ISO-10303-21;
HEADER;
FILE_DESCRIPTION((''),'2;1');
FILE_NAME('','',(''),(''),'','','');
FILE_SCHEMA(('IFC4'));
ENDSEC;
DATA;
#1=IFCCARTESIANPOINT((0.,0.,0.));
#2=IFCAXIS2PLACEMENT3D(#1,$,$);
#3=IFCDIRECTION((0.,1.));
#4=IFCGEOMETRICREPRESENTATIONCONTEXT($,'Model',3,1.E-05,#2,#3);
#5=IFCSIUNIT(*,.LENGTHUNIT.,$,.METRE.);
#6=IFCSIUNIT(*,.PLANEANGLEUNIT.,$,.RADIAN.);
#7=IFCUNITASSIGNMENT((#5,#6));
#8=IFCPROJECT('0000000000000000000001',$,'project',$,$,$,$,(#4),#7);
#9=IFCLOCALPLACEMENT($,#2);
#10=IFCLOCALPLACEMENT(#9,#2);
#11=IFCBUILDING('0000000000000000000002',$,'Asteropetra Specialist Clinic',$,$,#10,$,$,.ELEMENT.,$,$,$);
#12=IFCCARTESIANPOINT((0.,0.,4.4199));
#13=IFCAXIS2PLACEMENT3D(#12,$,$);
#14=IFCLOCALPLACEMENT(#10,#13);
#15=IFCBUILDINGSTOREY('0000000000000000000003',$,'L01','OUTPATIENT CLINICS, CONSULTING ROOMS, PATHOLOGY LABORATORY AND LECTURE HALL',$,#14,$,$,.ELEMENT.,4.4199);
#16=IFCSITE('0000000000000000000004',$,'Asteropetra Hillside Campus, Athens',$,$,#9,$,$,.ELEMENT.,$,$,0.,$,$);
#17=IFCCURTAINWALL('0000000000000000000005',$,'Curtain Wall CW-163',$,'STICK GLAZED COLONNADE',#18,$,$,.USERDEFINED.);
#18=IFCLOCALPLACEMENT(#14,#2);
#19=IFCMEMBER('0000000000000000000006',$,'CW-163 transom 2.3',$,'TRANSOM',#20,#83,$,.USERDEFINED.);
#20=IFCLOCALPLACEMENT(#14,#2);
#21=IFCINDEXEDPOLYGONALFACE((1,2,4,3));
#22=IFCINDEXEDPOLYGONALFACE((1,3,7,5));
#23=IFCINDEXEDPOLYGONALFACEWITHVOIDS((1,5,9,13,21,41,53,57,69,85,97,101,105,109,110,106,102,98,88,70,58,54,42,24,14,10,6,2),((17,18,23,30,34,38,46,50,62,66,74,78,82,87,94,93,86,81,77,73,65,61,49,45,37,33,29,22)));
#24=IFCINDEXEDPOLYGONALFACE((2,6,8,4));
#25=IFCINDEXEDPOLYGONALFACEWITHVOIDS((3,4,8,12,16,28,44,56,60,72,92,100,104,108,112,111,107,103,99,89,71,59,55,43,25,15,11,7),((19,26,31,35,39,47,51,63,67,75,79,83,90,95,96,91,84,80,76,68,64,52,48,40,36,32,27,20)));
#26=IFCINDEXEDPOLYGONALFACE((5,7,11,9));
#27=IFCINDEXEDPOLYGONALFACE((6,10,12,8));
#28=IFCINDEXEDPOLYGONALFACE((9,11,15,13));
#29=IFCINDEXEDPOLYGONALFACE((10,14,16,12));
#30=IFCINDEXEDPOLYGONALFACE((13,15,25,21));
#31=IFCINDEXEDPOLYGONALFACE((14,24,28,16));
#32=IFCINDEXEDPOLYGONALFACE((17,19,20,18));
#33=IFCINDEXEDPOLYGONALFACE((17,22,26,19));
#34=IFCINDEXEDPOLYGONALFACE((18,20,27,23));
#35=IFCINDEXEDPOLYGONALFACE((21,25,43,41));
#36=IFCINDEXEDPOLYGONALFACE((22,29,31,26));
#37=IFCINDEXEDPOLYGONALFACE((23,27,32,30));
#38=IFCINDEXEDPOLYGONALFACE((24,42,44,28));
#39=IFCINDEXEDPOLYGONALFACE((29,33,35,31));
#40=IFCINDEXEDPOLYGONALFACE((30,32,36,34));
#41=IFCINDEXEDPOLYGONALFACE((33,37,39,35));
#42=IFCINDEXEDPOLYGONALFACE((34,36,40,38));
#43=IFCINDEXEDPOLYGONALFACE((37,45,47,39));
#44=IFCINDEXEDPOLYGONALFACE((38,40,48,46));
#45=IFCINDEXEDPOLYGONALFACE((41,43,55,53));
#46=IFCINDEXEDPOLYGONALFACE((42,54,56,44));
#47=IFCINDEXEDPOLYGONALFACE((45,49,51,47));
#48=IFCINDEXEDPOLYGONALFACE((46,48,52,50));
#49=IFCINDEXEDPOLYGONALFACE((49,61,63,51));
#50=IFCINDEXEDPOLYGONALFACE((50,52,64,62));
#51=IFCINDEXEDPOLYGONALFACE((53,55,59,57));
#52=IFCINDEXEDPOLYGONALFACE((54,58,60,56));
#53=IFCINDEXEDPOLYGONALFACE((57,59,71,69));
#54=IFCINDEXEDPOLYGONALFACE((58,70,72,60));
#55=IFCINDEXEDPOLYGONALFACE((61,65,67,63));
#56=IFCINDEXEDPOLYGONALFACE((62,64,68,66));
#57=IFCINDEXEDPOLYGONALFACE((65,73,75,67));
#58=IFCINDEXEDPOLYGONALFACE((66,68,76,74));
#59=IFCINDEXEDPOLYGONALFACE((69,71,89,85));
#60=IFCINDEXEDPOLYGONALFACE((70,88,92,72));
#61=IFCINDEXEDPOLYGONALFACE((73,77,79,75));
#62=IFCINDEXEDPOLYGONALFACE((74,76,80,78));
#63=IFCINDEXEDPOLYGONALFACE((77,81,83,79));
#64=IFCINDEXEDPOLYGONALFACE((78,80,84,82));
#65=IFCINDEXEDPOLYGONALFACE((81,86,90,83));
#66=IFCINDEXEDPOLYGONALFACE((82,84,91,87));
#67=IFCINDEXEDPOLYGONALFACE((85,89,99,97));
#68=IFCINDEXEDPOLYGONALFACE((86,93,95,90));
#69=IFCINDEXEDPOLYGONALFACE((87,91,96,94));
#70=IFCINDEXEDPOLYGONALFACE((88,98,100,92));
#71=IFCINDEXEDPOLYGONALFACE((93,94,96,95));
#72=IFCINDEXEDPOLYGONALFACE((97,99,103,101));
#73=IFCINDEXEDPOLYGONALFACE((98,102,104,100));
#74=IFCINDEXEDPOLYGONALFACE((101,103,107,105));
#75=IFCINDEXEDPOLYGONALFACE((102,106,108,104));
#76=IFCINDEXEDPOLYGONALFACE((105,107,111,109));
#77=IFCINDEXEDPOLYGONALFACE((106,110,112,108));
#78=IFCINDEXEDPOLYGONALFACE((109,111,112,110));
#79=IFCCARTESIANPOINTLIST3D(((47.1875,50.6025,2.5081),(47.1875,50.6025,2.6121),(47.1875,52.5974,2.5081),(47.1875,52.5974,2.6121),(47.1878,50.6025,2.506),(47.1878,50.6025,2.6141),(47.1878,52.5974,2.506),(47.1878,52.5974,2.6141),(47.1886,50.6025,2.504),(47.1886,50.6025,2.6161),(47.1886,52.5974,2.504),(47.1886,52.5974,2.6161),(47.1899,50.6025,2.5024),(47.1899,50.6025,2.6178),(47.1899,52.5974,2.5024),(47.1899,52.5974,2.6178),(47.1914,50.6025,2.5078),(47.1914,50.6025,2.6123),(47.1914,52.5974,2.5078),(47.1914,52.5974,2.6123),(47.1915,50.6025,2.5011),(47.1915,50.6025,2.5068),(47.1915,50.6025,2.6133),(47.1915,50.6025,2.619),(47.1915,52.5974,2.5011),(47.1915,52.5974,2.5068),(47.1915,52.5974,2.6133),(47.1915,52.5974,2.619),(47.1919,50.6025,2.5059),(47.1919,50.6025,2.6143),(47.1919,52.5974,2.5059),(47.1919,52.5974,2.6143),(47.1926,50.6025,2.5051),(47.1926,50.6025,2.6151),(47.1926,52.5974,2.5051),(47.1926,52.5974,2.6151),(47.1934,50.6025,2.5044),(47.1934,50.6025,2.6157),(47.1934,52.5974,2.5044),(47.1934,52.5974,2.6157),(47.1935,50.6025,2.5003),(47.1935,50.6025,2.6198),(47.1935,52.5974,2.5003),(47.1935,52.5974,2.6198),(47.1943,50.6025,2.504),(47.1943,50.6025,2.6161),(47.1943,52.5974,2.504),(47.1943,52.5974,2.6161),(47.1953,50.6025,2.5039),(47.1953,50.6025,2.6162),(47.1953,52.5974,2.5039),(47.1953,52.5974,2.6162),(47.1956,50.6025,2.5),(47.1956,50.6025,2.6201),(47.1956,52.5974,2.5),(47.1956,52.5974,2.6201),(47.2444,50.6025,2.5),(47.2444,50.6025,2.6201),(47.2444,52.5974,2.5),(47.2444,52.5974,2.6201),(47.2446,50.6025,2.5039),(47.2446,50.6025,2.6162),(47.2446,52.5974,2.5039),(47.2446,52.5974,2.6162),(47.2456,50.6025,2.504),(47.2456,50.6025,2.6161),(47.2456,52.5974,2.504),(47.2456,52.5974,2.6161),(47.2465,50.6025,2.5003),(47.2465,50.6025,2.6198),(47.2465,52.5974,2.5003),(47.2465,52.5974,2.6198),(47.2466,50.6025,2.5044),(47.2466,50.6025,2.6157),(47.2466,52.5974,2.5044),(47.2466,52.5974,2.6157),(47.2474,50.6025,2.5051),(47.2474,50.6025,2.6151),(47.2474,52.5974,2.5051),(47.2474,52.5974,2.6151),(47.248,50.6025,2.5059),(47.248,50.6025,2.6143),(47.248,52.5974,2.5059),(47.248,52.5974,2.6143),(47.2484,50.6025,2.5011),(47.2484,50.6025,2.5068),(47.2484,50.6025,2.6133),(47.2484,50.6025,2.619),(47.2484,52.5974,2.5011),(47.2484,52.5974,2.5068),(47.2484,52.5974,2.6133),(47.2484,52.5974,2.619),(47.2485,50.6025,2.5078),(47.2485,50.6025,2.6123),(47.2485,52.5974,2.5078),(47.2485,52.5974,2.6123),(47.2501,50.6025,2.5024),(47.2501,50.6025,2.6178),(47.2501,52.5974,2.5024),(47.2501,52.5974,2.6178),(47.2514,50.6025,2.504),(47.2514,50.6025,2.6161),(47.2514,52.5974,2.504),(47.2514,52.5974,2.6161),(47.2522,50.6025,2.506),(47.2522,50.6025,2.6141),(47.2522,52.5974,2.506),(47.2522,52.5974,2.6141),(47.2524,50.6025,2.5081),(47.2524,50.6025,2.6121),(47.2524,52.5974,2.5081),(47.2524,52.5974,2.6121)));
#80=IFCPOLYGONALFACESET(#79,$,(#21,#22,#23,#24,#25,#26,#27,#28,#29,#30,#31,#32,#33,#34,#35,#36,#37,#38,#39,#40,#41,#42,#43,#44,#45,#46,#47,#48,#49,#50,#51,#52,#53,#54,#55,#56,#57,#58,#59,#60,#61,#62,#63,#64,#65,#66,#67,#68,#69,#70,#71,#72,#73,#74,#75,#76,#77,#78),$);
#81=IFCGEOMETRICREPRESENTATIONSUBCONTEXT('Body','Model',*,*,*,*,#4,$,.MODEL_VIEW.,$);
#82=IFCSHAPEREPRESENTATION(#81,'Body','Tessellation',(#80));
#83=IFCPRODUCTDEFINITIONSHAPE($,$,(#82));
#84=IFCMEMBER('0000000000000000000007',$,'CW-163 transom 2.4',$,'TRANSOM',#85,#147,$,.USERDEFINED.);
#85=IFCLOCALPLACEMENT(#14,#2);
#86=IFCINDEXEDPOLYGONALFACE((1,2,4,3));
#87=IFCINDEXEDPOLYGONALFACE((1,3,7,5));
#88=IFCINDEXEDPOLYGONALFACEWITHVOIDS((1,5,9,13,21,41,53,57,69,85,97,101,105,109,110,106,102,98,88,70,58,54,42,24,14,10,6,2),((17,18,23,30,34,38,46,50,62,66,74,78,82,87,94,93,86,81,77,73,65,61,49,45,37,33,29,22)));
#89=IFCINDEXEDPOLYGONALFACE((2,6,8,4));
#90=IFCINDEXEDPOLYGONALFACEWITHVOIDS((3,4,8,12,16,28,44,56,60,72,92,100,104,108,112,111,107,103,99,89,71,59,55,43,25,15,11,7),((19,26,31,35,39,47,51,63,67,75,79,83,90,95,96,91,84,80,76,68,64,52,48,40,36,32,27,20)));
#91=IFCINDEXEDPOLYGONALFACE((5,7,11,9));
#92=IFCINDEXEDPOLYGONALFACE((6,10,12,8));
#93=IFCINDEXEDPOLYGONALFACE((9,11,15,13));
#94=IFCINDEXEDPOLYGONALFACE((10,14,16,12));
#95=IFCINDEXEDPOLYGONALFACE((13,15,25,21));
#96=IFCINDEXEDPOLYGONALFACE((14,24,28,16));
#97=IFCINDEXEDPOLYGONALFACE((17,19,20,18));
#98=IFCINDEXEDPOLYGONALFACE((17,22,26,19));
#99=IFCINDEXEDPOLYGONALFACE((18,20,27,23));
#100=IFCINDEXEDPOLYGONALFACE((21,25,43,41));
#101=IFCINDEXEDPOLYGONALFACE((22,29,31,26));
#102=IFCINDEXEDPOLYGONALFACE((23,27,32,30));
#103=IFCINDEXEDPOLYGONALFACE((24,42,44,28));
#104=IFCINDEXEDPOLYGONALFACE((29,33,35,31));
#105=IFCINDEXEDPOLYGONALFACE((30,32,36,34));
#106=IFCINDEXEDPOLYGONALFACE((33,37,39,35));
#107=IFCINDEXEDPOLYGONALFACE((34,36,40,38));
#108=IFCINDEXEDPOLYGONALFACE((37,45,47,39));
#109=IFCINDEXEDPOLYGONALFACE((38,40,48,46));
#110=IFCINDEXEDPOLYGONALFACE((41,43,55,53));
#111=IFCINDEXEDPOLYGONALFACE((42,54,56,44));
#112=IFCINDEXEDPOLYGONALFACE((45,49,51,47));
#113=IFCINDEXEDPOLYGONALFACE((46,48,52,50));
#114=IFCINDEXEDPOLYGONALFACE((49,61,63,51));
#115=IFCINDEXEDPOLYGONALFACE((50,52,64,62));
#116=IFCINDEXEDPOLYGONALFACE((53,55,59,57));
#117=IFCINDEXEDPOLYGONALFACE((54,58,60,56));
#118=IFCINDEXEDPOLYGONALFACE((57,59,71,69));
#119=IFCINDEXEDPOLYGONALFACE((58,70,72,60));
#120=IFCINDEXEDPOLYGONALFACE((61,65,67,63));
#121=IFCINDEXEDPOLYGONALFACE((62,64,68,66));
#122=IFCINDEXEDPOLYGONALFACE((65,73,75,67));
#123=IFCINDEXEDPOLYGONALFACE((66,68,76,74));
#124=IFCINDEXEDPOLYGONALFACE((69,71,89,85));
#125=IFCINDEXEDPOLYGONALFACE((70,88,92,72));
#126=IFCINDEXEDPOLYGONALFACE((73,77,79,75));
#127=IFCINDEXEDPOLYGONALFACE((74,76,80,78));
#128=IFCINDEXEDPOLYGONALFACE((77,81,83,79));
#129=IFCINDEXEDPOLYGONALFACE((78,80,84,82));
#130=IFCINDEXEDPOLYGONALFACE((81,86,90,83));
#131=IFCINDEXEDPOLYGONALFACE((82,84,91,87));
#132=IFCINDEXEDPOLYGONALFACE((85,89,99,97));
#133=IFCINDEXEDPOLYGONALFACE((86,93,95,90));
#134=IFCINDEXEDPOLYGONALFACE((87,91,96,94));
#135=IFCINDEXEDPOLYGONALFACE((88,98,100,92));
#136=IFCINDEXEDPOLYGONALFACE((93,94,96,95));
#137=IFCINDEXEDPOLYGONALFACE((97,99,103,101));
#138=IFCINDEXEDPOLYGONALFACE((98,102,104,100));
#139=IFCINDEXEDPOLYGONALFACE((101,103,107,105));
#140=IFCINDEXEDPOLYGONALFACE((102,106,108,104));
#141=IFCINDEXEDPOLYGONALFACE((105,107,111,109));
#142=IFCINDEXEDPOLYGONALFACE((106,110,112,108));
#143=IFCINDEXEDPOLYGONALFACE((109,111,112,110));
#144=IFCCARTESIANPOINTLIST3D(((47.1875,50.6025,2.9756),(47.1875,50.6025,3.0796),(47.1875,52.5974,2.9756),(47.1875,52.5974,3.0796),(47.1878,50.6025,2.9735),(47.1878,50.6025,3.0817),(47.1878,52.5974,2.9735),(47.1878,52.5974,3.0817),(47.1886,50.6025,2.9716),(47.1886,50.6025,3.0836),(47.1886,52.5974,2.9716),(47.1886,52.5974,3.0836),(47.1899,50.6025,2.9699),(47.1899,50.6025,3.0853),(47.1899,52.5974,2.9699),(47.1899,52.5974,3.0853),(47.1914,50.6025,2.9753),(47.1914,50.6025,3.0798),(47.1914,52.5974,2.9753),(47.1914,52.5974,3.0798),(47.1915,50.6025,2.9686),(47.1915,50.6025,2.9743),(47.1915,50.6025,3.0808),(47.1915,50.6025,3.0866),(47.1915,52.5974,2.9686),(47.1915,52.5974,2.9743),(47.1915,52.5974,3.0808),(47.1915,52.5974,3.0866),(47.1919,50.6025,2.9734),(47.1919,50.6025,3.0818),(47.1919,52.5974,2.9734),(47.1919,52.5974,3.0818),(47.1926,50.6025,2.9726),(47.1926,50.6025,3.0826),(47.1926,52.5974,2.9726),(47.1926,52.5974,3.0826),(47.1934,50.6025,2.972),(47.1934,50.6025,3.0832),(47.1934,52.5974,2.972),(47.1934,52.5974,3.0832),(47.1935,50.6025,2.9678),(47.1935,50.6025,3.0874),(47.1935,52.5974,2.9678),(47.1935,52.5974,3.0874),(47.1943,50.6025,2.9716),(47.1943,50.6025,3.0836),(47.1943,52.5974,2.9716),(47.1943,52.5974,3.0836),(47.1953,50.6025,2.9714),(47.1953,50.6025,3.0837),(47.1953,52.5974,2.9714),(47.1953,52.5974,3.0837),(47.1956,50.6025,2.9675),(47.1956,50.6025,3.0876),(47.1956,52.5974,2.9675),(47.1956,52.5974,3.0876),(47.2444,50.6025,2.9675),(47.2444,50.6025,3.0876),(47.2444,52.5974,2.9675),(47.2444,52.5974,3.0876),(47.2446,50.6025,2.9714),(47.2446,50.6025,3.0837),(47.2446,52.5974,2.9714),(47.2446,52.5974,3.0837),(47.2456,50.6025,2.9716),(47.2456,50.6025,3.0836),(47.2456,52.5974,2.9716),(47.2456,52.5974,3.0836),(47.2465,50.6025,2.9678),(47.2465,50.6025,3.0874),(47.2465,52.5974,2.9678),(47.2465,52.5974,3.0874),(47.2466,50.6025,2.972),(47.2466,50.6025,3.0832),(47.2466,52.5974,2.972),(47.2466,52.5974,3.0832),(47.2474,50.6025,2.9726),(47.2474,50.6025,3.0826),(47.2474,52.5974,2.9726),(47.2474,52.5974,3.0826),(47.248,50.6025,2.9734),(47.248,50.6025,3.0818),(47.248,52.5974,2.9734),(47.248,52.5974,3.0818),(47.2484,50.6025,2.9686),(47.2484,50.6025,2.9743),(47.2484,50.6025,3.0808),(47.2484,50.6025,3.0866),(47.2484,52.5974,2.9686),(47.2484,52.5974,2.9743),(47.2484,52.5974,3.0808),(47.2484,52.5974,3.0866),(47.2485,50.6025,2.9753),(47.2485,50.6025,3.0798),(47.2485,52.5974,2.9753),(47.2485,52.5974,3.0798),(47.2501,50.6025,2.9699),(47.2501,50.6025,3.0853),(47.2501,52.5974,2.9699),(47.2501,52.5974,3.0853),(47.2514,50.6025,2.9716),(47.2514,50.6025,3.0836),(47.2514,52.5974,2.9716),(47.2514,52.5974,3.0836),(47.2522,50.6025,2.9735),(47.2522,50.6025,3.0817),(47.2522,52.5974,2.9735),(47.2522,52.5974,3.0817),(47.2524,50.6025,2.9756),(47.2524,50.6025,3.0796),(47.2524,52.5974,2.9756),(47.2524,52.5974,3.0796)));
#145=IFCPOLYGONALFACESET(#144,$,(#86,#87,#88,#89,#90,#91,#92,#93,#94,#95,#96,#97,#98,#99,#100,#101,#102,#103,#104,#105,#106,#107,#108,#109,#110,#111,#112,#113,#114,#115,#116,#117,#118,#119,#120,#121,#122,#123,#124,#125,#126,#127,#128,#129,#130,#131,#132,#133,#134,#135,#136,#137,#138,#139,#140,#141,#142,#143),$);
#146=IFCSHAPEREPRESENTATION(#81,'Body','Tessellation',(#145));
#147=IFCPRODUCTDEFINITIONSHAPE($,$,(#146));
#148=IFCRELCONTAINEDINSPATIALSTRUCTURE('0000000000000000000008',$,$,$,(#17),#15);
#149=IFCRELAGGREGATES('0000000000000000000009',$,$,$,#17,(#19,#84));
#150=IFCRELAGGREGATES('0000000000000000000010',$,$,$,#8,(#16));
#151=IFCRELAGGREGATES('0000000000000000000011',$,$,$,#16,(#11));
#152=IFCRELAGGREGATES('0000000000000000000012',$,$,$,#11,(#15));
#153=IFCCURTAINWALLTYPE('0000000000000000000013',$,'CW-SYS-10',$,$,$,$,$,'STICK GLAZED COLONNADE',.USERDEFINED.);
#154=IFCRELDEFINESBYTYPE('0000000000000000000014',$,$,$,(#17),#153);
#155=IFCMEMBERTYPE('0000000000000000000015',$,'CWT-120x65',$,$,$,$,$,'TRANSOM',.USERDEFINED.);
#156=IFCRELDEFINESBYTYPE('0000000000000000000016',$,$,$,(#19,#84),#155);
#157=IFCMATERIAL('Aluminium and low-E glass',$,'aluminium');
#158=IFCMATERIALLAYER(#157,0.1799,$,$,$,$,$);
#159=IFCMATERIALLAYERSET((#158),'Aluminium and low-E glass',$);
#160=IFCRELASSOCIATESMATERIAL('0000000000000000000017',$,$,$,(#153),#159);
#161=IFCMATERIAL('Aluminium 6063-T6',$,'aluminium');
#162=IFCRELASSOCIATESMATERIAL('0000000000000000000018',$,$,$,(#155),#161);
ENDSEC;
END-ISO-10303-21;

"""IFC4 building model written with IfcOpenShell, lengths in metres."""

from ifc_helpers import new_model, si_unit, direction, frame, origin, origin_2d, place, context, subcontext, project, spatial, hollow_rectangle, extrude, material, layer, layer_set, material_profile, profile_set, type_object, element, aggregate, save


model = new_model("IFC4")

# Units and contexts
model_context = context("Model", 3, precision=1e-05, world=origin(), true_north=direction((0.0, 1.0)))
body_context = subcontext(model_context, "Body", "Model", "MODEL_VIEW")
ifc_project = project(units=[si_unit("LENGTHUNIT", "METRE"), si_unit("PLANEANGLEUNIT", "RADIAN")], contexts=[model_context])

# Site, building, storey
site_placement = place(None, origin())
site = spatial("IfcSite", under=ifc_project, at=site_placement, Name="Asteropetra Hillside Campus, Athens", CompositionType="ELEMENT", RefElevation=0.0)
building_placement = place(site_placement, origin())
building = spatial("IfcBuilding", under=site, at=building_placement, Name="Asteropetra Specialist Clinic", CompositionType="ELEMENT")
storey_placement = place(building_placement, frame((0.0, 0.0, 4.4199)))
storey = spatial("IfcBuildingStorey", under=building, at=storey_placement, Name="L01", Description="OUTPATIENT CLINICS, CONSULTING ROOMS, PATHOLOGY LABORATORY AND LECTURE HALL", CompositionType="ELEMENT", Elevation=4.4199)

# Curtain wall
ifc_material_1 = material(Name="Aluminium and low-E glass", Category="aluminium")
ifc_layer_1 = layer(ifc_material_1, 0.1799)
ifc_layer_set_1 = layer_set([ifc_layer_1], Name="Aluminium and low-E glass")
curtain_wall_type_1 = type_object("IfcCurtainWallType", Name="CW-SYS-10", ElementType="STICK GLAZED COLONNADE", PredefinedType="USERDEFINED", material=ifc_layer_set_1)
curtain_wall_1_placement = place(storey_placement, origin())
curtain_wall_1 = element("IfcCurtainWall", 1, at=curtain_wall_1_placement, inside=storey, type_object=curtain_wall_type_1, Name="Curtain Wall CW-163", ObjectType="STICK GLAZED COLONNADE", PredefinedType="USERDEFINED")

# Members
ifc_material_2 = material(Name="Aluminium 6063-T6", Category="aluminium")
ifc_material_profile_1 = material_profile(ifc_material_2, hollow_rectangle(XDim=0.0649, YDim=0.1201, WallThickness=0.0039, InnerFilletRadius=0.0039, OuterFilletRadius=0.0081, at=origin_2d()), Name="TRN 120x65x4.0")
ifc_profile_set_1 = profile_set([ifc_material_profile_1], Name="Aluminium 6063-T6")
member_type_1 = type_object("IfcMemberType", Name="CWT-120x65", ElementType="TRANSOM", PredefinedType="USERDEFINED", material=ifc_profile_set_1)
member_1_placement = place(storey_placement, frame((47.22, 50.6025, 2.5601), z_axis=(0.0, 1.0, 0.0), x_axis=(-1.0, 0.0, 0.0)))
member_1 = element("IfcMember", 2, at=member_1_placement, type_object=member_type_1, Name="CW-163 transom 2.3", ObjectType="TRANSOM", PredefinedType="USERDEFINED", context=body_context, shape_type="SweptSolid", body=[
    extrude(hollow_rectangle(XDim=0.0649, YDim=0.1201, WallThickness=0.0039, InnerFilletRadius=0.0039, OuterFilletRadius=0.0081, at=origin_2d()), origin(), (0.0, 0.0, 1.0), 1.9949),
])
member_2_placement = place(storey_placement, frame((47.22, 50.6025, 3.0276), z_axis=(0.0, 1.0, 0.0), x_axis=(-1.0, 0.0, 0.0)))
member_2 = element("IfcMember", 3, at=member_2_placement, type_object=member_type_1, Name="CW-163 transom 2.4", ObjectType="TRANSOM", PredefinedType="USERDEFINED", context=body_context, shape_type="SweptSolid", body=[
    extrude(hollow_rectangle(XDim=0.0649, YDim=0.1201, WallThickness=0.0039, InnerFilletRadius=0.0039, OuterFilletRadius=0.0081, at=origin_2d()), origin(), (0.0, 0.0, 1.0), 1.9949),
])

aggregate(curtain_wall_1, [member_1, member_2])

save(model, "model.ifc")
